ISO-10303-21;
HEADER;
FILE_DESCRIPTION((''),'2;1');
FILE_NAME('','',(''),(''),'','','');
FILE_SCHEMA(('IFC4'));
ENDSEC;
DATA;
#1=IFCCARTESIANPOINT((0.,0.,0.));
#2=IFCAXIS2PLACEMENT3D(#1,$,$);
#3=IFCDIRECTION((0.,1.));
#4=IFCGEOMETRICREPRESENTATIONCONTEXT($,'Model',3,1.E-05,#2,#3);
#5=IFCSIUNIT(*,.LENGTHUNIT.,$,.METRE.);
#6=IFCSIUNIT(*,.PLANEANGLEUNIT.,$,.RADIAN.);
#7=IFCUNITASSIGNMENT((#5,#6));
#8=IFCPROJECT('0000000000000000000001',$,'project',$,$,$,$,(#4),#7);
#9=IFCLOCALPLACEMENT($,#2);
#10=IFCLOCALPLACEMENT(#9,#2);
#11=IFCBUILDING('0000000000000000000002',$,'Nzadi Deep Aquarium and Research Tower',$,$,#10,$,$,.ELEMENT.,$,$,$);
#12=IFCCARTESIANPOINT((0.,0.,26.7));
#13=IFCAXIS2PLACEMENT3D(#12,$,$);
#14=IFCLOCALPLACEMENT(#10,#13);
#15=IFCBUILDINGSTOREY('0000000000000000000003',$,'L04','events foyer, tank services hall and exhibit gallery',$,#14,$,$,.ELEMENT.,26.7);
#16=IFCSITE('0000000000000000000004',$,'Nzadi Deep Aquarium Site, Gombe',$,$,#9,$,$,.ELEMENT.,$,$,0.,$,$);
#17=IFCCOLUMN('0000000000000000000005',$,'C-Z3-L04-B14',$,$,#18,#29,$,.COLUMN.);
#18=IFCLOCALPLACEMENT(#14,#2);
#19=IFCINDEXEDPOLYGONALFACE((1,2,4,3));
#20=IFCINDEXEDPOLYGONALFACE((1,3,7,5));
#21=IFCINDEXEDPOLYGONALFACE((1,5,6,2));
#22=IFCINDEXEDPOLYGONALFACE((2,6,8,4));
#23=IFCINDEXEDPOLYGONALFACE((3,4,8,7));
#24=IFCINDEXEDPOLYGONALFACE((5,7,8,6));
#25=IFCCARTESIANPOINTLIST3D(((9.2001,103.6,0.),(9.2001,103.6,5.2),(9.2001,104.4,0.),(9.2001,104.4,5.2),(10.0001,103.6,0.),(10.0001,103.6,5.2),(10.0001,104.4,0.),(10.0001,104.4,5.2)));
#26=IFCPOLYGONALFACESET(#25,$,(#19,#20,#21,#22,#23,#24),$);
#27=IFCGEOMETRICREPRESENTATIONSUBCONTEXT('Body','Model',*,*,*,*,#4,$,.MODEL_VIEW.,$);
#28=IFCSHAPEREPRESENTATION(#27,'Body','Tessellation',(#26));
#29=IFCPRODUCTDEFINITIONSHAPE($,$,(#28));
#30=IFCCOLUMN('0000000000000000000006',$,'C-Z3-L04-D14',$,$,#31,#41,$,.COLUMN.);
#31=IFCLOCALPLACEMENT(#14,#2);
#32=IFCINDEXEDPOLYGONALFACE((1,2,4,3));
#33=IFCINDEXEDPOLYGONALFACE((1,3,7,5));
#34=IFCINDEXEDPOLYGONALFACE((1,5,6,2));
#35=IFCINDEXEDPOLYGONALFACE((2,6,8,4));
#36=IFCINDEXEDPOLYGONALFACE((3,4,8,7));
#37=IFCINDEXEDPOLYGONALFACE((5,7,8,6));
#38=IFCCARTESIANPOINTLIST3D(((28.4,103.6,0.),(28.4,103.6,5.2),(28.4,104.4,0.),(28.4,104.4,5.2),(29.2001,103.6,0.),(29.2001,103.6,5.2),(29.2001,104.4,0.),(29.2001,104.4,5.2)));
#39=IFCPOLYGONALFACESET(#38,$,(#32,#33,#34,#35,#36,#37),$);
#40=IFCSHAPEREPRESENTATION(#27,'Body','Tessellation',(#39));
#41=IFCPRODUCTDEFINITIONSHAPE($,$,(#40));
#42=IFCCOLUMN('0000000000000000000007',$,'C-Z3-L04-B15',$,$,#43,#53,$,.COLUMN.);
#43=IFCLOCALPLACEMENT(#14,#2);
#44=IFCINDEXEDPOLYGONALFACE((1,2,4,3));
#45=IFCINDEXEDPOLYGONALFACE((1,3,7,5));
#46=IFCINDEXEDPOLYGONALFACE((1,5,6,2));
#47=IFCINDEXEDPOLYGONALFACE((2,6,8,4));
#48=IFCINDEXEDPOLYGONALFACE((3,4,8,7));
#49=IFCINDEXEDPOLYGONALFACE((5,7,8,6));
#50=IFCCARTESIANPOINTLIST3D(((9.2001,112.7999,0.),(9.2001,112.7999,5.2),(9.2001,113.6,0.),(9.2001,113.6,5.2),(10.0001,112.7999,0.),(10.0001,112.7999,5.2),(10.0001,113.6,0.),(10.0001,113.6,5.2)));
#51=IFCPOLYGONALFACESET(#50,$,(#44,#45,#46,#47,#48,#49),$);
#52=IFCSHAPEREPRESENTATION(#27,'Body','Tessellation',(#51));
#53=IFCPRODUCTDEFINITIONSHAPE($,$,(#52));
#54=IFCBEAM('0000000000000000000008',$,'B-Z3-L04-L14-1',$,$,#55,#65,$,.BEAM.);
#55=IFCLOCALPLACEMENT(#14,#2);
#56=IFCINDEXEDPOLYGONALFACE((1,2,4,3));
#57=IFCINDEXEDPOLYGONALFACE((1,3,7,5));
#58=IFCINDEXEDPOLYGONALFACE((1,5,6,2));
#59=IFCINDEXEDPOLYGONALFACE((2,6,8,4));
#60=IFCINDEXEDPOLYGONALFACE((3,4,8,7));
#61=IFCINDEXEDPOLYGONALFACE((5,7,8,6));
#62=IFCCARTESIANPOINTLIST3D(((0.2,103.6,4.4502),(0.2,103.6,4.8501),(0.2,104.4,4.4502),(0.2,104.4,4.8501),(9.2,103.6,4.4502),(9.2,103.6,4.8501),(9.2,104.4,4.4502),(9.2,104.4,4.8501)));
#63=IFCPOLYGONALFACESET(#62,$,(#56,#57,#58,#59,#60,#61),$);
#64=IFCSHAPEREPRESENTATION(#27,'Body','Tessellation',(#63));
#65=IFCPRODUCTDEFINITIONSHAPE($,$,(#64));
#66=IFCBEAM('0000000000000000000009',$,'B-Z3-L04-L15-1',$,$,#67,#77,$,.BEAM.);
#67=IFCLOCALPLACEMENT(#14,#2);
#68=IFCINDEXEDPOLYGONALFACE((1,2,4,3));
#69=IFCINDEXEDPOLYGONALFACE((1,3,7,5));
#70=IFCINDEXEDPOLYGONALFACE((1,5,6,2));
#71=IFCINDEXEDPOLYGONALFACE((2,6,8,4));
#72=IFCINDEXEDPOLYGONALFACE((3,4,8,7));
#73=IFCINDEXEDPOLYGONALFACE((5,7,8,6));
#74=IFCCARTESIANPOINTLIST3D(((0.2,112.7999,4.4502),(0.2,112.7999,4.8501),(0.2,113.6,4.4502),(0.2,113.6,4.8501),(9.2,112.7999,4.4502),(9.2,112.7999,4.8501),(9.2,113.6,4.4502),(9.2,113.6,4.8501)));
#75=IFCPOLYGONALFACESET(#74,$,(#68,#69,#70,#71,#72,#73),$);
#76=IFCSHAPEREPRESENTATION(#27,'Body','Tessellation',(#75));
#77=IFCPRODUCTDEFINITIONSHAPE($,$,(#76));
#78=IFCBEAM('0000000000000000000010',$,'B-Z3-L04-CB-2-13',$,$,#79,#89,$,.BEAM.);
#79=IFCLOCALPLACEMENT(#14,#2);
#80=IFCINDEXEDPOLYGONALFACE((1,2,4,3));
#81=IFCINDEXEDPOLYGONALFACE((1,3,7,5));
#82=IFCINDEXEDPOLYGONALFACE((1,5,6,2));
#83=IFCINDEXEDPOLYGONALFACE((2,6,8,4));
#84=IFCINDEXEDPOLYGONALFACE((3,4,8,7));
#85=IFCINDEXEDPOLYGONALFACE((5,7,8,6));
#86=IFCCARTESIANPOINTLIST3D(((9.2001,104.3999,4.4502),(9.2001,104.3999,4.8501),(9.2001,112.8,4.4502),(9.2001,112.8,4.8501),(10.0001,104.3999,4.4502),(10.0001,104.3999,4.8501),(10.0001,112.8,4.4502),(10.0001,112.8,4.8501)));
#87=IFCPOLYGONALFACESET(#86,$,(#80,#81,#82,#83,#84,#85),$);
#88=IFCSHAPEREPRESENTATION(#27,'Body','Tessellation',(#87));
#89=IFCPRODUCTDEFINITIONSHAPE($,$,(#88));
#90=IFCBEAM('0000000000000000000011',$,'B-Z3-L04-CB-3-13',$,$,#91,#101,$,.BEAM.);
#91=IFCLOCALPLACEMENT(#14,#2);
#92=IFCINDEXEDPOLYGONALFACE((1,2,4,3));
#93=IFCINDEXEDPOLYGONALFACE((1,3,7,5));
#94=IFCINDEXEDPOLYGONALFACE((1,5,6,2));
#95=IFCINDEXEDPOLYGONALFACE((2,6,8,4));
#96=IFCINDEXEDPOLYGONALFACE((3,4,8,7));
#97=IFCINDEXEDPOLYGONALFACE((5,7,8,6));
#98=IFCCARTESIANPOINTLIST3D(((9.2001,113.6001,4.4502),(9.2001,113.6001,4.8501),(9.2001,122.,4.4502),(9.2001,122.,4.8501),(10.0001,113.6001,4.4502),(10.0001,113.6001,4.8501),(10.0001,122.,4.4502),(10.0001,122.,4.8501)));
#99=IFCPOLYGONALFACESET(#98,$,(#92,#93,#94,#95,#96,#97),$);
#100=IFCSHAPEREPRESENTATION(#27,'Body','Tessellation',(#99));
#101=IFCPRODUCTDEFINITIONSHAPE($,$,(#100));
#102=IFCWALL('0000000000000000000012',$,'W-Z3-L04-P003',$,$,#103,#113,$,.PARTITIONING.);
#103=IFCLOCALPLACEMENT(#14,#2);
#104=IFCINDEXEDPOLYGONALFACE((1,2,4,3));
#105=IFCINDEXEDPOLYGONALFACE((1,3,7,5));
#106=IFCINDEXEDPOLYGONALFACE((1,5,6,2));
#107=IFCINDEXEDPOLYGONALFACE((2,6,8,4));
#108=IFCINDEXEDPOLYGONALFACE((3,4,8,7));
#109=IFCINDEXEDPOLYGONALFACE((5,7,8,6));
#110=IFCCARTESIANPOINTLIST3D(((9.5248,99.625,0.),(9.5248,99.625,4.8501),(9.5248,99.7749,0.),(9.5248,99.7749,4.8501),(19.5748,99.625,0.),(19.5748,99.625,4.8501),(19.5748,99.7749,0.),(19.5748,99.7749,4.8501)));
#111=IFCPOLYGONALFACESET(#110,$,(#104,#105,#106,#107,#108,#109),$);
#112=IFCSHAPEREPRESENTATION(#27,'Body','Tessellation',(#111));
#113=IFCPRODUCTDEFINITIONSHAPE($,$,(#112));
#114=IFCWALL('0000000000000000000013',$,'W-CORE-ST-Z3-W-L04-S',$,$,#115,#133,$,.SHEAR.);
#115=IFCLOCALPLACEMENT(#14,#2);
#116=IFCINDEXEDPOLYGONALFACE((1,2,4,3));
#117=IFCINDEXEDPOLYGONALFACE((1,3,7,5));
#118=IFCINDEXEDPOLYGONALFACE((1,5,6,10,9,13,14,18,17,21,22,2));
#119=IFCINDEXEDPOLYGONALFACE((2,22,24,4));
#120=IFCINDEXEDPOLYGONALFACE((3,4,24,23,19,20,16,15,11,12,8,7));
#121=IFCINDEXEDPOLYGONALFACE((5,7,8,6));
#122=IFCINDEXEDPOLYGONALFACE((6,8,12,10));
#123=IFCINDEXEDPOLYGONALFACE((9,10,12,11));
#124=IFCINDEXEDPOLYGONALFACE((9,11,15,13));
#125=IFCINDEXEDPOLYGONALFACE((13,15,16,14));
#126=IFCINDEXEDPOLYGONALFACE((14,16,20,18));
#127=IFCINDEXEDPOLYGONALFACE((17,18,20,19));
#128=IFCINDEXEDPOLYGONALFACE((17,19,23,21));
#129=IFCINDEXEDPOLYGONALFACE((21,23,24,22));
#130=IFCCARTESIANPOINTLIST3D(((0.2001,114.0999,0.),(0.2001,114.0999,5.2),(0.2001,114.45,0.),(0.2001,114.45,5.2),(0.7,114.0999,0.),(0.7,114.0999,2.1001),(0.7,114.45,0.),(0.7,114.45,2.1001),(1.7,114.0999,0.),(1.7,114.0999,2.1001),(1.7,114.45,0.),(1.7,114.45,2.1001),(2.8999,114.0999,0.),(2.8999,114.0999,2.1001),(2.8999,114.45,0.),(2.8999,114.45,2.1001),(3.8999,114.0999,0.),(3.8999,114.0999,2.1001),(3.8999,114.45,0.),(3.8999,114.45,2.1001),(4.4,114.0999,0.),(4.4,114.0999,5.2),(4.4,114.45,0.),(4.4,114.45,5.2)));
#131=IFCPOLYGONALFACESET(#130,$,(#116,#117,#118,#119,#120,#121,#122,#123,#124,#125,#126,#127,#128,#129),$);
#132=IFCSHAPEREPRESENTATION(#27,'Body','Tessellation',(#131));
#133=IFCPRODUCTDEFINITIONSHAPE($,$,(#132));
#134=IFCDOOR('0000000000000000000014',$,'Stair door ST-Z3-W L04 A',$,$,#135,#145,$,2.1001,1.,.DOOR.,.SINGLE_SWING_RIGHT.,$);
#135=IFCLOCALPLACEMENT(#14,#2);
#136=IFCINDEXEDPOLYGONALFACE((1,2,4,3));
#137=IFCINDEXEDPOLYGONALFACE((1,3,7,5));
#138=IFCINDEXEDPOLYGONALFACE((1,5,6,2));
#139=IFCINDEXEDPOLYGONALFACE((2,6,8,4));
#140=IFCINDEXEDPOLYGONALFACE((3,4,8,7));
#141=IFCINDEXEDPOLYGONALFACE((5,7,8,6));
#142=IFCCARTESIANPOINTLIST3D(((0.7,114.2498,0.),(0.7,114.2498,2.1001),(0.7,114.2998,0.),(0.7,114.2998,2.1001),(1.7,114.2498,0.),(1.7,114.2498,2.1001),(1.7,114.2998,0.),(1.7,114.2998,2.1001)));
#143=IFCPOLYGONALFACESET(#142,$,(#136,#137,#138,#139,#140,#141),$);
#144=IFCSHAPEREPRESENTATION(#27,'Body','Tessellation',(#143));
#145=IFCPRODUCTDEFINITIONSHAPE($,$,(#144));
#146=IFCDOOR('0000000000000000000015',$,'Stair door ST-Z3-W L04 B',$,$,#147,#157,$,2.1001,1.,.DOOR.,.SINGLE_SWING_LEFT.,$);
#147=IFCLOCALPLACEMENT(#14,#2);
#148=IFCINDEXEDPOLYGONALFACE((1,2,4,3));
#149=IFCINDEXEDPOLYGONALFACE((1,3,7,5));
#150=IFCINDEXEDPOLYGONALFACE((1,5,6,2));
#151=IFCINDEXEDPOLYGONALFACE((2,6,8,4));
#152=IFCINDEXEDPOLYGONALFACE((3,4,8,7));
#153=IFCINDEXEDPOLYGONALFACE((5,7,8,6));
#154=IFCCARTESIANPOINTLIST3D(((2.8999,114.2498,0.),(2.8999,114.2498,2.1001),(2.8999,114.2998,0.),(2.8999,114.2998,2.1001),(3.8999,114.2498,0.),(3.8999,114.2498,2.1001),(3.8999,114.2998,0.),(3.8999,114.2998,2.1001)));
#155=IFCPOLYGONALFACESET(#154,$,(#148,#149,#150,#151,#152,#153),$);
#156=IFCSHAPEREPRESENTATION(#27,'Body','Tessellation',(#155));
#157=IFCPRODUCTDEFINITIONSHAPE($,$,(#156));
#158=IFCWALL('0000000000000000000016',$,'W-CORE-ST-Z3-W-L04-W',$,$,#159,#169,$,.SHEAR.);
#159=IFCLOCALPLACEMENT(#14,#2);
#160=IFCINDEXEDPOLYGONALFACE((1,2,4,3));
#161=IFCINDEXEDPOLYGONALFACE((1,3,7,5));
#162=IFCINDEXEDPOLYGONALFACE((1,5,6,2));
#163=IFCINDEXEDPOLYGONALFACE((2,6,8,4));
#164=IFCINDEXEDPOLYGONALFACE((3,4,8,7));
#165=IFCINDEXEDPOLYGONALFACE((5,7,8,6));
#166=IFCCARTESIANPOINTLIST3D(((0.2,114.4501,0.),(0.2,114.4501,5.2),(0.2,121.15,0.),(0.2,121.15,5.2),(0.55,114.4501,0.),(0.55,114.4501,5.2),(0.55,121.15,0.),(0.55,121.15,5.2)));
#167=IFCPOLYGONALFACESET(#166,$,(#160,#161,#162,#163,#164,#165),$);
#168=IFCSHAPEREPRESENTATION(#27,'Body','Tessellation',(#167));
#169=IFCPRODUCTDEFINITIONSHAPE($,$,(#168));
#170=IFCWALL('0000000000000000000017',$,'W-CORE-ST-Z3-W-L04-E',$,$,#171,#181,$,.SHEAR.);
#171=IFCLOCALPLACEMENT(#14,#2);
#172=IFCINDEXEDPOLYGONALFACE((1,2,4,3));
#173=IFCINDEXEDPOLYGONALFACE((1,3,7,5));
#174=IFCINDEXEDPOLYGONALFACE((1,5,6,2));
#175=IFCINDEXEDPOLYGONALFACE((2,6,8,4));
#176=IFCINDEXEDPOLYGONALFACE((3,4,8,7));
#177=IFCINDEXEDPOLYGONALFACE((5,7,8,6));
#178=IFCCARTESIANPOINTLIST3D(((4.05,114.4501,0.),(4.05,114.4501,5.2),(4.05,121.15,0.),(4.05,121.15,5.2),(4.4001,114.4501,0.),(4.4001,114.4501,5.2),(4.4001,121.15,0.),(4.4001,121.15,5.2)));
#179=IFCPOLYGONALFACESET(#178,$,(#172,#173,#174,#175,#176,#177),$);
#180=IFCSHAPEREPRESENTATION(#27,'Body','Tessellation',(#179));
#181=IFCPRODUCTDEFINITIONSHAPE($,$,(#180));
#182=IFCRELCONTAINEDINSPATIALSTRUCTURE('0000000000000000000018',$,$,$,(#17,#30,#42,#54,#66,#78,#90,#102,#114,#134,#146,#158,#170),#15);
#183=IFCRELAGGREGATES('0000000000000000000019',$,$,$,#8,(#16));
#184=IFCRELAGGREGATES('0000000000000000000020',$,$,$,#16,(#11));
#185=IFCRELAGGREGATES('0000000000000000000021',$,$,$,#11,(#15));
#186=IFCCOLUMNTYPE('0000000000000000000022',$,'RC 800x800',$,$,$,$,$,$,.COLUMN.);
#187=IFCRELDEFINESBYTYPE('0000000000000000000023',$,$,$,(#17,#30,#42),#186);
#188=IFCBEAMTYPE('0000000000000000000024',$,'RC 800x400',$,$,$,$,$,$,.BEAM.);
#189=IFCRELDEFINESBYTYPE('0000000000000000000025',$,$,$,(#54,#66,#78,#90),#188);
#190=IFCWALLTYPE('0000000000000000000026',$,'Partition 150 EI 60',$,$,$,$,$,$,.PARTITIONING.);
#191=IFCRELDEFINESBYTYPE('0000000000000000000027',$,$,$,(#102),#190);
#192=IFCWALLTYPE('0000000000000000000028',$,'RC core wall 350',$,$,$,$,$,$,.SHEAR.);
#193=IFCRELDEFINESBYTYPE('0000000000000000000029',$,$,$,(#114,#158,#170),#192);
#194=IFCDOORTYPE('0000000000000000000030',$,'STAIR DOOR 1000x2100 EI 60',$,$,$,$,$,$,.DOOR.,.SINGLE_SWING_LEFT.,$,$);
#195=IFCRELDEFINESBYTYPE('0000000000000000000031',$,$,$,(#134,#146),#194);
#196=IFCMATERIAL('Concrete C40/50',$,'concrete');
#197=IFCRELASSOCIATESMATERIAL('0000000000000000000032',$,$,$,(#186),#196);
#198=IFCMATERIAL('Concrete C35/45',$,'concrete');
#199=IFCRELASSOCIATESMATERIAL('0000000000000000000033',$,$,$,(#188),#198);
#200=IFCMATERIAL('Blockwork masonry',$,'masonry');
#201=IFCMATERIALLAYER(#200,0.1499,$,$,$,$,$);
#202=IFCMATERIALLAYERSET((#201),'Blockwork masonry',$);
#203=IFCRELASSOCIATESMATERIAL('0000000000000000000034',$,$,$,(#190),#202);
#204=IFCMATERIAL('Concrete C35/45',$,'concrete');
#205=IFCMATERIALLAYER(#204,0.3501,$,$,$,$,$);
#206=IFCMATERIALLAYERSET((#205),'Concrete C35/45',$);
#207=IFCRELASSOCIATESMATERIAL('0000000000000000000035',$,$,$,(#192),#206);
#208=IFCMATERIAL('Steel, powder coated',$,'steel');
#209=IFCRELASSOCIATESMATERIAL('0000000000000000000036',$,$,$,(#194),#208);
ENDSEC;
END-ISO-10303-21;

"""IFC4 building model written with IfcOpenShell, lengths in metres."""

from ifc_helpers import new_model, si_unit, direction, frame, frame_2d, origin, origin_2d, place, context, subcontext, project, spatial, rectangle, extrude, material, layer, layer_set, material_profile, profile_set, type_object, element, fill, save


model = new_model("IFC4")

# Units and contexts
model_context = context("Model", 3, precision=1e-05, world=origin(), true_north=direction((0.0, 1.0)))
body_context = subcontext(model_context, "Body", "Model", "MODEL_VIEW")
ifc_project = project(units=[si_unit("LENGTHUNIT", "METRE"), si_unit("PLANEANGLEUNIT", "RADIAN")], contexts=[model_context])

# Site, building, storey
site_placement = place(None, origin())
site = spatial("IfcSite", under=ifc_project, at=site_placement, Name="Nzadi Deep Aquarium Site, Gombe", CompositionType="ELEMENT", RefElevation=0.0)
building_placement = place(site_placement, origin())
building = spatial("IfcBuilding", under=site, at=building_placement, Name="Nzadi Deep Aquarium and Research Tower", CompositionType="ELEMENT")
storey_placement = place(building_placement, frame((0.0, 0.0, 26.7)))
storey = spatial("IfcBuildingStorey", under=building, at=storey_placement, Name="L04", Description="events foyer, tank services hall and exhibit gallery", CompositionType="ELEMENT", Elevation=26.7)

# Columns
ifc_material_1 = material(Name="Concrete C40/50", Category="concrete")
ifc_material_profile_1 = material_profile(ifc_material_1, rectangle(XDim=0.8, YDim=0.8, at=origin_2d()))
ifc_profile_set_1 = profile_set([ifc_material_profile_1], Name="Concrete C40/50")
column_type = type_object("IfcColumnType", Name="RC 800x800", PredefinedType="COLUMN", material=ifc_profile_set_1)
for number, where, z_axis, x_axis, name in (
    (1, (9.6001, 104.0, 0.0), (0.0, 0.0, 1.0), (1.0, 0.0, 0.0), "C-Z3-L04-B14"),
    (2, (28.8, 104.0, 0.0), (0.0, 0.0, 1.0), (1.0, 0.0, 0.0), "C-Z3-L04-D14"),
    (3, (9.6001, 113.2, 0.0), (0.0, 0.0, 1.0), (1.0, 0.0, 0.0), "C-Z3-L04-B15"),
):
    element("IfcColumn", number, at=place(storey_placement, frame(where, z_axis=z_axis, x_axis=x_axis)), inside=storey, type_object=column_type, Name=name, PredefinedType="COLUMN", context=body_context, shape_type="SweptSolid", body=[
        extrude(rectangle(XDim=0.8, YDim=0.8, at=origin_2d()), origin(), (0.0, 0.0, 1.0), 5.2),
    ])

# Beams
ifc_material_2 = material(Name="Concrete C35/45", Category="concrete")
ifc_material_profile_2 = material_profile(ifc_material_2, rectangle(XDim=0.8, YDim=0.3999, at=origin_2d()))
ifc_profile_set_2 = profile_set([ifc_material_profile_2], Name="Concrete C35/45")
beam_type = type_object("IfcBeamType", Name="RC 800x400", PredefinedType="BEAM", material=ifc_profile_set_2)
for number, where, z_axis, x_axis, name in (
    (4, (0.2, 104.0, 4.6501), (1.0, 0.0, 0.0), (0.0, 1.0, 0.0), "B-Z3-L04-L14-1"),
    (5, (0.2, 113.2, 4.6501), (1.0, 0.0, 0.0), (0.0, 1.0, 0.0), "B-Z3-L04-L15-1"),
):
    element("IfcBeam", number, at=place(storey_placement, frame(where, z_axis=z_axis, x_axis=x_axis)), inside=storey, type_object=beam_type, Name=name, PredefinedType="BEAM", context=body_context, shape_type="SweptSolid", body=[
        extrude(rectangle(XDim=0.8, YDim=0.3999, at=origin_2d()), origin(), (0.0, 0.0, 1.0), 9.0),
    ])
beam_1_placement = place(storey_placement, frame((9.6001, 104.3999, 4.6501), z_axis=(0.0, 1.0, 0.0), x_axis=(-1.0, 0.0, 0.0)))
element("IfcBeam", 6, at=beam_1_placement, inside=storey, type_object=beam_type, Name="B-Z3-L04-CB-2-13", PredefinedType="BEAM", context=body_context, shape_type="SweptSolid", body=[
    extrude(rectangle(XDim=0.8, YDim=0.3999, at=origin_2d()), origin(), (0.0, 0.0, 1.0), 8.4001),
])
beam_2_placement = place(storey_placement, frame((9.6001, 113.6001, 4.6501), z_axis=(0.0, 1.0, 0.0), x_axis=(-1.0, 0.0, 0.0)))
element("IfcBeam", 7, at=beam_2_placement, inside=storey, type_object=beam_type, Name="B-Z3-L04-CB-3-13", PredefinedType="BEAM", context=body_context, shape_type="SweptSolid", body=[
    extrude(rectangle(XDim=0.8, YDim=0.3999, at=origin_2d()), origin(), (0.0, 0.0, 1.0), 8.3999),
])

# Wall
ifc_material_3 = material(Name="Blockwork masonry", Category="masonry")
ifc_layer_1 = layer(ifc_material_3, 0.1499)
ifc_layer_set_1 = layer_set([ifc_layer_1], Name="Blockwork masonry")
wall_type_1 = type_object("IfcWallType", Name="Partition 150 EI 60", PredefinedType="PARTITIONING", material=ifc_layer_set_1)
wall_1_placement = place(storey_placement, frame((9.5249, 99.7, 0.0), z_axis=(0.0, 0.0, 1.0), x_axis=(1.0, 0.0, 0.0)))
element("IfcWall", 8, at=wall_1_placement, inside=storey, type_object=wall_type_1, Name="W-Z3-L04-P003", PredefinedType="PARTITIONING", context=body_context, shape_type="SweptSolid", body=[
    extrude(rectangle(XDim=10.05, YDim=0.1499, at=frame_2d((5.0249, 0.0))), origin(), (0.0, 0.0, 1.0), 4.8501),
])

# Wall, openings, doors
ifc_material_4 = material(Name="Concrete C35/45", Category="concrete")
ifc_layer_2 = layer(ifc_material_4, 0.3501)
ifc_layer_set_2 = layer_set([ifc_layer_2], Name="Concrete C35/45")
wall_type_2 = type_object("IfcWallType", Name="RC core wall 350", PredefinedType="SHEAR", material=ifc_layer_set_2)
wall_2_placement = place(storey_placement, frame((0.2, 114.2749, 0.0), z_axis=(0.0, 0.0, 1.0), x_axis=(1.0, 0.0, 0.0)))
wall_2 = element("IfcWall", 9, at=wall_2_placement, inside=storey, type_object=wall_type_2, Name="W-CORE-ST-Z3-W-L04-S", PredefinedType="SHEAR", context=body_context, shape_type="SweptSolid", body=[
    extrude(rectangle(XDim=4.2, YDim=0.3501, at=frame_2d((2.1001, 0.0))), origin(), (0.0, 0.0, 1.0), 5.2),
])
opening_1_placement = place(wall_2_placement, frame((0.5, 0.0, 0.0)))
opening_1 = element("IfcOpeningElement", 10, at=opening_1_placement, cuts=wall_2, PredefinedType="OPENING", context=body_context, shape_type="SweptSolid", body=[
    extrude(rectangle(XDim=1.0, YDim=2.1001, at=frame_2d((0.5, 1.05))), frame((0.0, 0.1851, 0.0), z_axis=(0.0, -1.0, 0.0), x_axis=(1.0, 0.0, 0.0)), (0.0, 0.0, 1.0), 0.3701),
])
opening_2_placement = place(wall_2_placement, frame((2.7, 0.0, 0.0)))
opening_2 = element("IfcOpeningElement", 11, at=opening_2_placement, cuts=wall_2, PredefinedType="OPENING", context=body_context, shape_type="SweptSolid", body=[
    extrude(rectangle(XDim=1.0, YDim=2.1001, at=frame_2d((0.5, 1.05))), frame((0.0, 0.1851, 0.0), z_axis=(0.0, -1.0, 0.0), x_axis=(1.0, 0.0, 0.0)), (0.0, 0.0, 1.0), 0.3701),
])
ifc_material_5 = material(Name="Steel, powder coated", Category="steel")
door_type_1 = type_object("IfcDoorType", Name="STAIR DOOR 1000x2100 EI 60", OperationType="SINGLE_SWING_LEFT", PredefinedType="DOOR", material=ifc_material_5)
door_1_placement = place(opening_1_placement, origin())
door_1 = element("IfcDoor", 12, at=door_1_placement, inside=storey, type_object=door_type_1, Name="Stair door ST-Z3-W L04 A", OperationType="SINGLE_SWING_RIGHT", OverallHeight=2.1001, OverallWidth=1.0, PredefinedType="DOOR", context=body_context, shape_type="SweptSolid", body=[
    extrude(rectangle(XDim=1.0, YDim=2.1001, at=frame_2d((0.5, 1.05))), frame((0.0, 0.0249, 0.0), z_axis=(0.0, -1.0, 0.0), x_axis=(1.0, 0.0, 0.0)), (0.0, 0.0, 1.0), 0.05),
])
fill(opening_1, door_1)
door_2_placement = place(opening_2_placement, origin())
door_2 = element("IfcDoor", 13, at=door_2_placement, inside=storey, type_object=door_type_1, Name="Stair door ST-Z3-W L04 B", OperationType="SINGLE_SWING_LEFT", OverallHeight=2.1001, OverallWidth=1.0, PredefinedType="DOOR", context=body_context, shape_type="SweptSolid", body=[
    extrude(rectangle(XDim=1.0, YDim=2.1001, at=frame_2d((0.5, 1.05))), frame((0.0, 0.0249, 0.0), z_axis=(0.0, -1.0, 0.0), x_axis=(1.0, 0.0, 0.0)), (0.0, 0.0, 1.0), 0.05),
])
fill(opening_2, door_2)

# Walls
for number, where, z_axis, x_axis, name in (
    (14, (0.375, 114.45, 0.0), (0.0, 0.0, 1.0), (0.0, 1.0, 0.0), "W-CORE-ST-Z3-W-L04-W"),
    (15, (4.2251, 114.45, 0.0), (0.0, 0.0, 1.0), (0.0, 1.0, 0.0), "W-CORE-ST-Z3-W-L04-E"),
):
    element("IfcWall", number, at=place(storey_placement, frame(where, z_axis=z_axis, x_axis=x_axis)), inside=storey, type_object=wall_type_2, Name=name, PredefinedType="SHEAR", context=body_context, shape_type="SweptSolid", body=[
        extrude(rectangle(XDim=6.7, YDim=0.3501, at=frame_2d((3.3501, 0.0))), origin(), (0.0, 0.0, 1.0), 5.2),
    ])

save(model, "model.ifc")
